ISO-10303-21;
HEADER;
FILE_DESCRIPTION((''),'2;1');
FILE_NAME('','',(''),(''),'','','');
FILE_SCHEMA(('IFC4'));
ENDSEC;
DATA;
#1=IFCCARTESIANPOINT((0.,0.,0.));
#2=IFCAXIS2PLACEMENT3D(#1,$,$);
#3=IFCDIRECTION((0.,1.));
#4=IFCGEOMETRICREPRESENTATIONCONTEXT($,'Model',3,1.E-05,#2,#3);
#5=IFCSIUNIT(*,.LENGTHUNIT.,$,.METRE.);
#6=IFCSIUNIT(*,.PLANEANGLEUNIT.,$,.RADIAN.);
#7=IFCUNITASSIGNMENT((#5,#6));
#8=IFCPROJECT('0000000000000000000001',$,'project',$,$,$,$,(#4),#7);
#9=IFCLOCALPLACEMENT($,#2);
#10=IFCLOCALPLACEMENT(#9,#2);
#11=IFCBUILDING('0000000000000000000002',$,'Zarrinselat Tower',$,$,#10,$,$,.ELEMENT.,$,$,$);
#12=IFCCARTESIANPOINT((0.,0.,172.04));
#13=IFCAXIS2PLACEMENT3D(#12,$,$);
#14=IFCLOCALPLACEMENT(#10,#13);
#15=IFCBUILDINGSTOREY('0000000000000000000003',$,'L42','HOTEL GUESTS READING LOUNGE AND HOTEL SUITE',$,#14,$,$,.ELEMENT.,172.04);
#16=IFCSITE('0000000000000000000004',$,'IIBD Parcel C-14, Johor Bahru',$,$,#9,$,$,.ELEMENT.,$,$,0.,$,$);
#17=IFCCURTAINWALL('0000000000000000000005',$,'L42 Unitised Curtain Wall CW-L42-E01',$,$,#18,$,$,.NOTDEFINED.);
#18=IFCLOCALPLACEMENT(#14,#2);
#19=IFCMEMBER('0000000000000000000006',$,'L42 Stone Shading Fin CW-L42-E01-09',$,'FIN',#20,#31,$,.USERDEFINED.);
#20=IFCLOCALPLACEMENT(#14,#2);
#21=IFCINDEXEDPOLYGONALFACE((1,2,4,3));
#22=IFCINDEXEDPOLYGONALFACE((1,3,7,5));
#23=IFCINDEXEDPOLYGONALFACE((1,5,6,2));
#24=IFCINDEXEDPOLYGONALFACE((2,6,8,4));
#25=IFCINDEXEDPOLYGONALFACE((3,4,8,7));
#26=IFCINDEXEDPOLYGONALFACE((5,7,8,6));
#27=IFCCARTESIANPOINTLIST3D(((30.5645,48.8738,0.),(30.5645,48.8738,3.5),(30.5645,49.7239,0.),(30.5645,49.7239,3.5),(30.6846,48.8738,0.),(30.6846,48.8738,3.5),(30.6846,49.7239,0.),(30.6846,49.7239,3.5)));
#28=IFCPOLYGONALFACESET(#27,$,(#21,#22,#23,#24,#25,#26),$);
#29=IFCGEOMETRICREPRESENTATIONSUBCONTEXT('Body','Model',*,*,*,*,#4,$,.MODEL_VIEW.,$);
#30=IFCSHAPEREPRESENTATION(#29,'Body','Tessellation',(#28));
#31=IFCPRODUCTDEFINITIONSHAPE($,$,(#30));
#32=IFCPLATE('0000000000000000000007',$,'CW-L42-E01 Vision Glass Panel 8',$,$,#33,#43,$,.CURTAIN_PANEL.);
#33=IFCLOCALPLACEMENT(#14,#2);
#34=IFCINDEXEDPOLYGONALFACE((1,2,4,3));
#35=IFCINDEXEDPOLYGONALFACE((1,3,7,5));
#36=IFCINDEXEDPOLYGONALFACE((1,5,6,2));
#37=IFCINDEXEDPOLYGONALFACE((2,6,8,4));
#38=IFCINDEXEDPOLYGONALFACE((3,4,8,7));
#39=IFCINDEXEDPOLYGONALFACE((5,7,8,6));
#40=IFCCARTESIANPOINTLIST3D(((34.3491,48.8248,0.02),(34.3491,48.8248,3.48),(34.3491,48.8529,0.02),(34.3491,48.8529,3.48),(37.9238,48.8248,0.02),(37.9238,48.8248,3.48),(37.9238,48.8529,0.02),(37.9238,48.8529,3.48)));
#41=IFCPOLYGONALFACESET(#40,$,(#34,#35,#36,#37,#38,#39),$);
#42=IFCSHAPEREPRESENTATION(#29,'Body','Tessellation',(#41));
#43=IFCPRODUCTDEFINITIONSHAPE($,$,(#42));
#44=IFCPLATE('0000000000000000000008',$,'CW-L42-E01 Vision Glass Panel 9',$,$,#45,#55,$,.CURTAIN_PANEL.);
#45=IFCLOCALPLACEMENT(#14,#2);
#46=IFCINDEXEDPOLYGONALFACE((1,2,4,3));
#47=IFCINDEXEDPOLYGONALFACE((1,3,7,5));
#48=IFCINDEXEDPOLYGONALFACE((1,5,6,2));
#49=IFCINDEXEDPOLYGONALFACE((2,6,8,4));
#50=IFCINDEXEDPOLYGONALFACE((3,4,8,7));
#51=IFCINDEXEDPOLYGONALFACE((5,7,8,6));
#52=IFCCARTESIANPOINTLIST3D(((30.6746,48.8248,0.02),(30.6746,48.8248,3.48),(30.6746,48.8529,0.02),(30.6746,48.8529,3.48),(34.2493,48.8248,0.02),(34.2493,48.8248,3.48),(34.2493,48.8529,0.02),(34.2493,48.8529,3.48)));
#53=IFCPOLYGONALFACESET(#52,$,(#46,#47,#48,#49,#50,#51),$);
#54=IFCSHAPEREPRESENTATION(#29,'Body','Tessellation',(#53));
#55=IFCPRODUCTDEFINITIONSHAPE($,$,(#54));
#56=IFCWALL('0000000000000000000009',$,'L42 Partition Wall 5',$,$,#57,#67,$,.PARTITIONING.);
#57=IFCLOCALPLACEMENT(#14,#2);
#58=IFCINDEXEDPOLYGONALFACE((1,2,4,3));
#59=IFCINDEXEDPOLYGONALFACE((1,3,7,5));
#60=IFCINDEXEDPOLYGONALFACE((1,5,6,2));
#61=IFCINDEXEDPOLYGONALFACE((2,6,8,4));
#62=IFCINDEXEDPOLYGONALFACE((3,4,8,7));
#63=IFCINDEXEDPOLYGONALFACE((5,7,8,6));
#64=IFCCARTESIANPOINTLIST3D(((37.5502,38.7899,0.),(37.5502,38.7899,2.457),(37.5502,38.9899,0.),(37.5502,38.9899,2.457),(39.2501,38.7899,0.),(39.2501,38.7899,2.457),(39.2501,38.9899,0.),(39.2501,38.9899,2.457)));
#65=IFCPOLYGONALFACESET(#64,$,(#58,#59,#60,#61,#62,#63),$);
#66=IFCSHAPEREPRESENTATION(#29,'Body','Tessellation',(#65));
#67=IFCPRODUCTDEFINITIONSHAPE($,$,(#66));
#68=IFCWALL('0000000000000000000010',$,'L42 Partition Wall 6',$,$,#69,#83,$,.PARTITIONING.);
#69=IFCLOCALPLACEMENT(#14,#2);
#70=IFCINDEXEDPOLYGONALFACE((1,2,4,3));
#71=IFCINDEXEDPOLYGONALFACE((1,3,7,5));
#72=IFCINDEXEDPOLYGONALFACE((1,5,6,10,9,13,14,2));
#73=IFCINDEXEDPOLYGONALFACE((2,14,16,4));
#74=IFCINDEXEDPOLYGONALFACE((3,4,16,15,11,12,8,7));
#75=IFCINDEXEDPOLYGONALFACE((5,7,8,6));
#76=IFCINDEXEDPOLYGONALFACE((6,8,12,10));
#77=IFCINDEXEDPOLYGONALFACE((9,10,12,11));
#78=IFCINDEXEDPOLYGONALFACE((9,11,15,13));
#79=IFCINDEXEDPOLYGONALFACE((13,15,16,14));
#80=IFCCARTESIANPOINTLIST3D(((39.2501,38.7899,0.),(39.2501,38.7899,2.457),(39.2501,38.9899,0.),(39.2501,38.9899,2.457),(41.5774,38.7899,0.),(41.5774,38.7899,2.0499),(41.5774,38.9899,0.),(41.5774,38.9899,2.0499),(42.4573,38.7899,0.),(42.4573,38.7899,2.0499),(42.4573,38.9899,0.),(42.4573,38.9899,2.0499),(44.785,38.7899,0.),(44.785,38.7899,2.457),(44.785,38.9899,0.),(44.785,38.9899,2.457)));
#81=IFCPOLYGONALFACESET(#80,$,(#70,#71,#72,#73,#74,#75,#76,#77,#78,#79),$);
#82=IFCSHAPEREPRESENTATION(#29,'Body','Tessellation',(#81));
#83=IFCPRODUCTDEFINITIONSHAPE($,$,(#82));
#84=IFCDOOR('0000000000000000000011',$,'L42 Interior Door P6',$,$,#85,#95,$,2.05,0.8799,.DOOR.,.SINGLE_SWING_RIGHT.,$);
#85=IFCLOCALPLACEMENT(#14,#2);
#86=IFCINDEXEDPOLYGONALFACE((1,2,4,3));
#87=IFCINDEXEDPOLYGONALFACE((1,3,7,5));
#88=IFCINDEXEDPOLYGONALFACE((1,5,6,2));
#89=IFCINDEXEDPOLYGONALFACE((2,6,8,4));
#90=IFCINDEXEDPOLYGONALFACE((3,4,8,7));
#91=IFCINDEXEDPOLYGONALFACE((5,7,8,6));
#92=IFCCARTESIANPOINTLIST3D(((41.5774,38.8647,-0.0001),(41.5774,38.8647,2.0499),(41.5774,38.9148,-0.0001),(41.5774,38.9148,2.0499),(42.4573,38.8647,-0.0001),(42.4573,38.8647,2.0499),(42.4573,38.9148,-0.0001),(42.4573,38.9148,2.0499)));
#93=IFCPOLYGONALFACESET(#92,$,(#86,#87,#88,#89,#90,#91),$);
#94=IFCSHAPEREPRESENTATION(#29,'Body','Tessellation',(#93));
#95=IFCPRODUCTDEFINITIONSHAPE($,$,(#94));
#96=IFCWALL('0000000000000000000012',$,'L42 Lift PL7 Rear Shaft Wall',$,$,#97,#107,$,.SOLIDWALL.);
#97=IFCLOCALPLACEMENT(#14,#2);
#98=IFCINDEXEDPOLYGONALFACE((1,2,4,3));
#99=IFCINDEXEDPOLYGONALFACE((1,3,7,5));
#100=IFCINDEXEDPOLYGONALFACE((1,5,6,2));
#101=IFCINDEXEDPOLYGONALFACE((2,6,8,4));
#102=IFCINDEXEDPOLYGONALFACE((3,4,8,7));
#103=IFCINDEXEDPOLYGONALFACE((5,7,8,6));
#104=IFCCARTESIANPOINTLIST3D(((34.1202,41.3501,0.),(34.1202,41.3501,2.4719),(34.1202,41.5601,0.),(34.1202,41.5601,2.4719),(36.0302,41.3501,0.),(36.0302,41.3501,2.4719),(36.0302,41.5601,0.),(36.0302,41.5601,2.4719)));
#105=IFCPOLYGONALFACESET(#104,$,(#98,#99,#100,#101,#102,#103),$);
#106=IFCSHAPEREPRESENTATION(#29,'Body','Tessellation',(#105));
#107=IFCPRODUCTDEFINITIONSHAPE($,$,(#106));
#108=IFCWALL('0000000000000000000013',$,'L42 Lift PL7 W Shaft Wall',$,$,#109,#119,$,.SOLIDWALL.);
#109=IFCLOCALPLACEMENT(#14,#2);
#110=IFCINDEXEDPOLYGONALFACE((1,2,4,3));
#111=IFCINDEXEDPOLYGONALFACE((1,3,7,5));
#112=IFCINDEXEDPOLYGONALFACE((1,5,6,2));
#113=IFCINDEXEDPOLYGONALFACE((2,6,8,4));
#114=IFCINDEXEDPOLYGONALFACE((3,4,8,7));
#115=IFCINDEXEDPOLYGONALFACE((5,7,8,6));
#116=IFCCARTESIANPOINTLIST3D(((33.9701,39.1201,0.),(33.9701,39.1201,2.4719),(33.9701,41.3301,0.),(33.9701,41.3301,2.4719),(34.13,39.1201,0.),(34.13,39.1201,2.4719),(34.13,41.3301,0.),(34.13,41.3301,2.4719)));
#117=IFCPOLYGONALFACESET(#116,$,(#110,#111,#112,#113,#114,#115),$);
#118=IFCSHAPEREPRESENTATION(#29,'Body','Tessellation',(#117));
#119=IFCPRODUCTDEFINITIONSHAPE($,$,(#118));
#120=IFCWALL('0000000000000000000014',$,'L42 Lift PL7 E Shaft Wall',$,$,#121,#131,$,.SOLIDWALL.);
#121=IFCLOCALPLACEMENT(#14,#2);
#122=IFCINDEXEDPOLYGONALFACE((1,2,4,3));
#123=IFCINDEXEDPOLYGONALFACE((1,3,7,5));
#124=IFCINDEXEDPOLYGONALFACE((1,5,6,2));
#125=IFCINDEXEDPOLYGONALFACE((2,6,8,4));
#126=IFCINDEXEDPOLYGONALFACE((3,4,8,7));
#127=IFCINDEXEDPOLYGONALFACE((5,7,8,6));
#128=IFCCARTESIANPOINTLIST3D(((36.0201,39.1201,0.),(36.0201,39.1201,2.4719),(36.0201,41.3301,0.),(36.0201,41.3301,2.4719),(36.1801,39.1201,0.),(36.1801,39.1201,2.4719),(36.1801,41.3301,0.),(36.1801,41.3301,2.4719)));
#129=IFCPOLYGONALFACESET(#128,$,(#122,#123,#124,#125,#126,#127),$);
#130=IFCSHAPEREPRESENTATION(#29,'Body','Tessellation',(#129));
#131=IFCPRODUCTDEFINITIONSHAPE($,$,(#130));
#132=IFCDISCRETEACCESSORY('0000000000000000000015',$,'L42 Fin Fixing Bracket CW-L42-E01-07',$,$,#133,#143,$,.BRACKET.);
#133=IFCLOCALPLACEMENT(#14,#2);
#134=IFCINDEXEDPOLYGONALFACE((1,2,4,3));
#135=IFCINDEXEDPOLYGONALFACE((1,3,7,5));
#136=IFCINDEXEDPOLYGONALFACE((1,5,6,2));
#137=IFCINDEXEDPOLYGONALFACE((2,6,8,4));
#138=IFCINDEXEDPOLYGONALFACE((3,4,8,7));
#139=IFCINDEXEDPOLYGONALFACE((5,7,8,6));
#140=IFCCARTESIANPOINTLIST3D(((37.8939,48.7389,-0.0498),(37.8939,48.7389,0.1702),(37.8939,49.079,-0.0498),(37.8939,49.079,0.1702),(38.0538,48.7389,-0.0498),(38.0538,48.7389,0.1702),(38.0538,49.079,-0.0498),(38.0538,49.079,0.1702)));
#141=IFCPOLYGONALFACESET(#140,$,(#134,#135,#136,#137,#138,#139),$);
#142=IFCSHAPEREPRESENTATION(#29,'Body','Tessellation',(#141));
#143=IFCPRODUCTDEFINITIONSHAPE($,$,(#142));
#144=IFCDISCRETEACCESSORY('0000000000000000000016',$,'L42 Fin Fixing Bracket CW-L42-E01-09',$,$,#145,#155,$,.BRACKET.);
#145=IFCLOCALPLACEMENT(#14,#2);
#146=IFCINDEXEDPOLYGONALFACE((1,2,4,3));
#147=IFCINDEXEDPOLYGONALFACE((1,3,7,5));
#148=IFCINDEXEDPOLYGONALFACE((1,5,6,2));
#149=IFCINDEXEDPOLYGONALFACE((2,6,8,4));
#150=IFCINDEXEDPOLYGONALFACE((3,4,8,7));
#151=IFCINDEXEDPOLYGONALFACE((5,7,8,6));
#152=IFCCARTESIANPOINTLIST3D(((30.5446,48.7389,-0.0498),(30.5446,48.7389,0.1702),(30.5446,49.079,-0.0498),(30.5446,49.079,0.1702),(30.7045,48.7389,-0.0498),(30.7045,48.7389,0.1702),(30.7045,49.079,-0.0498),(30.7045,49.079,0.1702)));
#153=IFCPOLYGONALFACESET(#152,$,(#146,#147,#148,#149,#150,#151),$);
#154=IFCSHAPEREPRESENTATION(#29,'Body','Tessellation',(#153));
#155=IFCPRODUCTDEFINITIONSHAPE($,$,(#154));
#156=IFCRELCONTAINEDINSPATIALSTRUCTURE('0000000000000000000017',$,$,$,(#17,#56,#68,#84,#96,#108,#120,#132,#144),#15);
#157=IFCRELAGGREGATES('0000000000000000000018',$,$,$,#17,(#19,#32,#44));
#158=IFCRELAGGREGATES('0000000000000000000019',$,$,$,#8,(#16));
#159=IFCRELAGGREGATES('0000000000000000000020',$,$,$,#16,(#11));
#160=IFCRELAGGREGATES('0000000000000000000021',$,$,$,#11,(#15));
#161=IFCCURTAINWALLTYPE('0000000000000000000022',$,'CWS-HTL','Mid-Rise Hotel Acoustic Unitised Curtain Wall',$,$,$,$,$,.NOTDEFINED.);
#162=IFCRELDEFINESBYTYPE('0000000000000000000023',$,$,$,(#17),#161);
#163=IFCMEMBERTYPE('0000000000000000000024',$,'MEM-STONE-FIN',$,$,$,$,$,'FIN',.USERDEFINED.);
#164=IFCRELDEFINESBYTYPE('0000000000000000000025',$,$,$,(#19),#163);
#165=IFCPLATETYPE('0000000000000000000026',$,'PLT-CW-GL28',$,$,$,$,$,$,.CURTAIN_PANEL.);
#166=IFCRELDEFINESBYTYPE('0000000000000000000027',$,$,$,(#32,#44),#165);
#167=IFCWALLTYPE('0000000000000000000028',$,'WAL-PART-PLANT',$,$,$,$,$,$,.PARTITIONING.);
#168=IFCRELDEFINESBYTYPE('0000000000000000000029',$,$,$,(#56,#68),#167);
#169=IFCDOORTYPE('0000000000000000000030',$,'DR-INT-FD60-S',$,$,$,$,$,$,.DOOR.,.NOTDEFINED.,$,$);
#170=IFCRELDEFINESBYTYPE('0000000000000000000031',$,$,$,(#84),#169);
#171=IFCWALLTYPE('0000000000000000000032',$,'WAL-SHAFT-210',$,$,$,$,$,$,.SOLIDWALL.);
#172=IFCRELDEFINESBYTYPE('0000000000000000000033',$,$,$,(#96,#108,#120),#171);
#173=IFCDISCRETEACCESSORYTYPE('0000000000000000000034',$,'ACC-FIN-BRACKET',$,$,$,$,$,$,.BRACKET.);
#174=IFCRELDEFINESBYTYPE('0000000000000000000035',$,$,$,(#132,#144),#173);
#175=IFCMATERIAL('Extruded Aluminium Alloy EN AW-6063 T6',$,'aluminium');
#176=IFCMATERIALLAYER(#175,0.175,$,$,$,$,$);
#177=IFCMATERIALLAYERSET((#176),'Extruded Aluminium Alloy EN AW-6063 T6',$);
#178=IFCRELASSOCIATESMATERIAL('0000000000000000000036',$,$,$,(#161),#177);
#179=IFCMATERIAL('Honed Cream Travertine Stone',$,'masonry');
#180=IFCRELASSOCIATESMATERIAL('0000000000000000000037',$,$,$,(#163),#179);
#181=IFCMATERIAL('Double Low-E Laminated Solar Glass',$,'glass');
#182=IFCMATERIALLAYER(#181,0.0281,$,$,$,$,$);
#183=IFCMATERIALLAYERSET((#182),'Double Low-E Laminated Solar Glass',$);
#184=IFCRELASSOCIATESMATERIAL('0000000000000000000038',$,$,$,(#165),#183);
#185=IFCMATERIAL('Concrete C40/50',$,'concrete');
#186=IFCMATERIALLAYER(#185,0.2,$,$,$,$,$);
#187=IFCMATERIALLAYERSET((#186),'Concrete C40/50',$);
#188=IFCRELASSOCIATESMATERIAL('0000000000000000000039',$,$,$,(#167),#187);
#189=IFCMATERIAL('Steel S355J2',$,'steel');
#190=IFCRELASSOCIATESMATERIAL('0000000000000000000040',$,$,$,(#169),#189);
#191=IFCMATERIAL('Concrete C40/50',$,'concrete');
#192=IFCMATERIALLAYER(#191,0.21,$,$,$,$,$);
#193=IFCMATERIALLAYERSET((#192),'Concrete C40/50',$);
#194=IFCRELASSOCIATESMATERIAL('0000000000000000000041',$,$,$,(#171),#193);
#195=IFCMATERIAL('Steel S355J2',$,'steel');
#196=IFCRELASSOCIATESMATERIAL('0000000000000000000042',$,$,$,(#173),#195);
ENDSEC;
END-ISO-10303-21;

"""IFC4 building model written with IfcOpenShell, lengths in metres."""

from ifc_helpers import new_model, si_unit, direction, frame, frame_2d, origin, origin_2d, place, context, subcontext, project, spatial, rectangle, extrude, material, layer, layer_set, material_profile, profile_set, type_object, element, fill, aggregate, save


model = new_model("IFC4")

# Units and contexts
model_context = context("Model", 3, precision=1e-05, world=origin(), true_north=direction((0.0, 1.0)))
body_context = subcontext(model_context, "Body", "Model", "MODEL_VIEW")
ifc_project = project(units=[si_unit("LENGTHUNIT", "METRE"), si_unit("PLANEANGLEUNIT", "RADIAN")], contexts=[model_context])

# Site, building, storey
site_placement = place(None, origin())
site = spatial("IfcSite", under=ifc_project, at=site_placement, Name="IIBD Parcel C-14, Johor Bahru", CompositionType="ELEMENT", RefElevation=0.0)
building_placement = place(site_placement, origin())
building = spatial("IfcBuilding", under=site, at=building_placement, Name="Zarrinselat Tower", CompositionType="ELEMENT")
storey_placement = place(building_placement, frame((0.0, 0.0, 172.04)))
storey = spatial("IfcBuildingStorey", under=building, at=storey_placement, Name="L42", Description="HOTEL GUESTS READING LOUNGE AND HOTEL SUITE", CompositionType="ELEMENT", Elevation=172.04)

# Curtain wall, member, plates
ifc_material_1 = material(Name="Extruded Aluminium Alloy EN AW-6063 T6", Category="aluminium")
ifc_layer_1 = layer(ifc_material_1, 0.175)
ifc_layer_set_1 = layer_set([ifc_layer_1], Name="Extruded Aluminium Alloy EN AW-6063 T6")
curtain_wall_type = type_object("IfcCurtainWallType", Name="CWS-HTL", Description="Mid-Rise Hotel Acoustic Unitised Curtain Wall", PredefinedType="NOTDEFINED", material=ifc_layer_set_1)
curtain_wall_placement = place(storey_placement, origin())
curtain_wall = element("IfcCurtainWall", 1, at=curtain_wall_placement, inside=storey, type_object=curtain_wall_type, Name="L42 Unitised Curtain Wall CW-L42-E01", PredefinedType="NOTDEFINED")
ifc_material_2 = material(Name="Honed Cream Travertine Stone", Category="masonry")
ifc_material_profile_1 = material_profile(ifc_material_2, rectangle(XDim=0.1201, YDim=0.8501, at=origin_2d()), Name="FIN 850x120")
ifc_profile_set_1 = profile_set([ifc_material_profile_1], Name="Honed Cream Travertine Stone")
member_type_1 = type_object("IfcMemberType", Name="MEM-STONE-FIN", ElementType="FIN", PredefinedType="USERDEFINED", material=ifc_profile_set_1)
member_1_placement = place(storey_placement, frame((30.6245, 49.2988, 0.0), z_axis=(0.0, 0.0, 1.0), x_axis=(1.0, 0.0, 0.0)))
member_1 = element("IfcMember", 2, at=member_1_placement, type_object=member_type_1, Name="L42 Stone Shading Fin CW-L42-E01-09", ObjectType="FIN", PredefinedType="USERDEFINED", context=body_context, shape_type="SweptSolid", body=[
    extrude(rectangle(XDim=0.1201, YDim=0.8501, at=origin_2d()), origin(), (0.0, 0.0, 1.0), 3.5),
])
ifc_material_3 = material(Name="Double Low-E Laminated Solar Glass", Category="glass")
ifc_layer_2 = layer(ifc_material_3, 0.0281)
ifc_layer_set_2 = layer_set([ifc_layer_2], Name="Double Low-E Laminated Solar Glass")
plate_type = type_object("IfcPlateType", Name="PLT-CW-GL28", PredefinedType="CURTAIN_PANEL", material=ifc_layer_set_2)
plate_1_placement = place(storey_placement, frame((36.1365, 48.8389, 0.02), z_axis=(0.0, 0.0, 1.0), x_axis=(-1.0, 0.0, 0.0)))
plate_1 = element("IfcPlate", 3, at=plate_1_placement, type_object=plate_type, Name="CW-L42-E01 Vision Glass Panel 8", PredefinedType="CURTAIN_PANEL", context=body_context, shape_type="SweptSolid", body=[
    extrude(rectangle(XDim=3.5747, YDim=0.0281, at=origin_2d()), origin(), (0.0, 0.0, 1.0), 3.46),
])
plate_2_placement = place(storey_placement, frame((32.4619, 48.8389, 0.02), z_axis=(0.0, 0.0, 1.0), x_axis=(-1.0, 0.0, 0.0)))
plate_2 = element("IfcPlate", 4, at=plate_2_placement, type_object=plate_type, Name="CW-L42-E01 Vision Glass Panel 9", PredefinedType="CURTAIN_PANEL", context=body_context, shape_type="SweptSolid", body=[
    extrude(rectangle(XDim=3.5747, YDim=0.0281, at=origin_2d()), origin(), (0.0, 0.0, 1.0), 3.46),
])
aggregate(curtain_wall, [member_1, plate_1, plate_2])

# Wall
ifc_material_4 = material(Name="Concrete C40/50", Category="concrete")
ifc_layer_3 = layer(ifc_material_4, 0.2)
ifc_layer_set_3 = layer_set([ifc_layer_3], Name="Concrete C40/50")
wall_type_1 = type_object("IfcWallType", Name="WAL-PART-PLANT", PredefinedType="PARTITIONING", material=ifc_layer_set_3)
wall_1_placement = place(storey_placement, frame((37.55, 38.8899, 0.0), z_axis=(0.0, 0.0, 1.0), x_axis=(1.0, 0.0, 0.0)))
element("IfcWall", 5, at=wall_1_placement, inside=storey, type_object=wall_type_1, Name="L42 Partition Wall 5", PredefinedType="PARTITIONING", context=body_context, shape_type="SweptSolid", body=[
    extrude(rectangle(XDim=1.7, YDim=0.2, at=frame_2d((0.8501, 0.0))), origin(), (0.0, 0.0, 1.0), 2.457),
])

# Wall, opening, door
wall_2_placement = place(storey_placement, frame((39.25, 38.8899, 0.0), z_axis=(0.0, 0.0, 1.0), x_axis=(1.0, 0.0, 0.0)))
wall_2 = element("IfcWall", 6, at=wall_2_placement, inside=storey, type_object=wall_type_1, Name="L42 Partition Wall 6", PredefinedType="PARTITIONING", context=body_context, shape_type="SweptSolid", body=[
    extrude(rectangle(XDim=5.5349, YDim=0.2, at=frame_2d((2.7676, 0.0))), origin(), (0.0, 0.0, 1.0), 2.457),
])
opening_placement = place(wall_2_placement, frame((2.3274, 0.0, 0.0)))
opening = element("IfcOpeningElement", 7, at=opening_placement, cuts=wall_2, PredefinedType="OPENING", context=body_context, shape_type="SweptSolid", body=[
    extrude(rectangle(XDim=0.8799, YDim=2.05, at=frame_2d((0.4399, 1.0249))), frame((0.0, 0.1099, 0.0), z_axis=(0.0, -1.0, 0.0), x_axis=(1.0, 0.0, 0.0)), (0.0, 0.0, 1.0), 0.22),
])
ifc_material_5 = material(Name="Steel S355J2", Category="steel")
door_type = type_object("IfcDoorType", Name="DR-INT-FD60-S", OperationType="NOTDEFINED", PredefinedType="DOOR", material=ifc_material_5)
door_placement = place(opening_placement, origin())
door = element("IfcDoor", 8, at=door_placement, inside=storey, type_object=door_type, Name="L42 Interior Door P6", OperationType="SINGLE_SWING_RIGHT", OverallHeight=2.05, OverallWidth=0.8799, PredefinedType="DOOR", context=body_context, shape_type="SweptSolid", body=[
    extrude(rectangle(XDim=0.8799, YDim=2.05, at=frame_2d((0.4399, 1.0249))), frame((0.0, 0.0249, 0.0), z_axis=(0.0, -1.0, 0.0), x_axis=(1.0, 0.0, 0.0)), (0.0, 0.0, 1.0), 0.05),
])
fill(opening, door)

# Walls
ifc_material_6 = material(Name="Concrete C40/50", Category="concrete")
ifc_layer_4 = layer(ifc_material_6, 0.21)
ifc_layer_set_4 = layer_set([ifc_layer_4], Name="Concrete C40/50")
wall_type_2 = type_object("IfcWallType", Name="WAL-SHAFT-210", PredefinedType="SOLIDWALL", material=ifc_layer_set_4)
wall_3_placement = place(storey_placement, frame((34.1201, 41.4551, 0.0), z_axis=(0.0, 0.0, 1.0), x_axis=(1.0, 0.0, 0.0)))
element("IfcWall", 9, at=wall_3_placement, inside=storey, type_object=wall_type_2, Name="L42 Lift PL7 Rear Shaft Wall", PredefinedType="SOLIDWALL", context=body_context, shape_type="SweptSolid", body=[
    extrude(rectangle(XDim=1.9099, YDim=0.21, at=frame_2d((0.9551, 0.0))), origin(), (0.0, 0.0, 1.0), 2.4719),
])
for number, where, z_axis, x_axis, name in (
    (10, (34.05, 39.1201, 0.0), (0.0, 0.0, 1.0), (0.0, 1.0, 0.0), "L42 Lift PL7 W Shaft Wall"),
    (11, (36.1001, 39.1201, 0.0), (0.0, 0.0, 1.0), (0.0, 1.0, 0.0), "L42 Lift PL7 E Shaft Wall"),
):
    element("IfcWall", number, at=place(storey_placement, frame(where, z_axis=z_axis, x_axis=x_axis)), inside=storey, type_object=wall_type_2, Name=name, PredefinedType="SOLIDWALL", context=body_context, shape_type="SweptSolid", body=[
        extrude(rectangle(XDim=2.21, YDim=0.1599, at=frame_2d((1.105, 0.0))), origin(), (0.0, 0.0, 1.0), 2.4719),
    ])

# Discrete accessories
ifc_material_7 = material(Name="Steel S355J2", Category="steel")
discrete_accessory_type = type_object("IfcDiscreteAccessoryType", Name="ACC-FIN-BRACKET", PredefinedType="BRACKET", material=ifc_material_7)
for number, where, z_axis, x_axis, name in (
    (12, (37.9739, 48.9089, -0.0498), (0.0, 0.0, 1.0), (0.0, 1.0, 0.0), "L42 Fin Fixing Bracket CW-L42-E01-07"),
    (13, (30.6245, 48.9089, -0.0498), (0.0, 0.0, 1.0), (0.0, 1.0, 0.0), "L42 Fin Fixing Bracket CW-L42-E01-09"),
):
    element("IfcDiscreteAccessory", number, at=place(storey_placement, frame(where, z_axis=z_axis, x_axis=x_axis)), inside=storey, type_object=discrete_accessory_type, Name=name, PredefinedType="BRACKET", context=body_context, shape_type="SweptSolid", body=[
        extrude(rectangle(XDim=0.3401, YDim=0.1599, at=origin_2d()), origin(), (0.0, 0.0, 1.0), 0.22),
    ])

save(model, "model.ifc")
